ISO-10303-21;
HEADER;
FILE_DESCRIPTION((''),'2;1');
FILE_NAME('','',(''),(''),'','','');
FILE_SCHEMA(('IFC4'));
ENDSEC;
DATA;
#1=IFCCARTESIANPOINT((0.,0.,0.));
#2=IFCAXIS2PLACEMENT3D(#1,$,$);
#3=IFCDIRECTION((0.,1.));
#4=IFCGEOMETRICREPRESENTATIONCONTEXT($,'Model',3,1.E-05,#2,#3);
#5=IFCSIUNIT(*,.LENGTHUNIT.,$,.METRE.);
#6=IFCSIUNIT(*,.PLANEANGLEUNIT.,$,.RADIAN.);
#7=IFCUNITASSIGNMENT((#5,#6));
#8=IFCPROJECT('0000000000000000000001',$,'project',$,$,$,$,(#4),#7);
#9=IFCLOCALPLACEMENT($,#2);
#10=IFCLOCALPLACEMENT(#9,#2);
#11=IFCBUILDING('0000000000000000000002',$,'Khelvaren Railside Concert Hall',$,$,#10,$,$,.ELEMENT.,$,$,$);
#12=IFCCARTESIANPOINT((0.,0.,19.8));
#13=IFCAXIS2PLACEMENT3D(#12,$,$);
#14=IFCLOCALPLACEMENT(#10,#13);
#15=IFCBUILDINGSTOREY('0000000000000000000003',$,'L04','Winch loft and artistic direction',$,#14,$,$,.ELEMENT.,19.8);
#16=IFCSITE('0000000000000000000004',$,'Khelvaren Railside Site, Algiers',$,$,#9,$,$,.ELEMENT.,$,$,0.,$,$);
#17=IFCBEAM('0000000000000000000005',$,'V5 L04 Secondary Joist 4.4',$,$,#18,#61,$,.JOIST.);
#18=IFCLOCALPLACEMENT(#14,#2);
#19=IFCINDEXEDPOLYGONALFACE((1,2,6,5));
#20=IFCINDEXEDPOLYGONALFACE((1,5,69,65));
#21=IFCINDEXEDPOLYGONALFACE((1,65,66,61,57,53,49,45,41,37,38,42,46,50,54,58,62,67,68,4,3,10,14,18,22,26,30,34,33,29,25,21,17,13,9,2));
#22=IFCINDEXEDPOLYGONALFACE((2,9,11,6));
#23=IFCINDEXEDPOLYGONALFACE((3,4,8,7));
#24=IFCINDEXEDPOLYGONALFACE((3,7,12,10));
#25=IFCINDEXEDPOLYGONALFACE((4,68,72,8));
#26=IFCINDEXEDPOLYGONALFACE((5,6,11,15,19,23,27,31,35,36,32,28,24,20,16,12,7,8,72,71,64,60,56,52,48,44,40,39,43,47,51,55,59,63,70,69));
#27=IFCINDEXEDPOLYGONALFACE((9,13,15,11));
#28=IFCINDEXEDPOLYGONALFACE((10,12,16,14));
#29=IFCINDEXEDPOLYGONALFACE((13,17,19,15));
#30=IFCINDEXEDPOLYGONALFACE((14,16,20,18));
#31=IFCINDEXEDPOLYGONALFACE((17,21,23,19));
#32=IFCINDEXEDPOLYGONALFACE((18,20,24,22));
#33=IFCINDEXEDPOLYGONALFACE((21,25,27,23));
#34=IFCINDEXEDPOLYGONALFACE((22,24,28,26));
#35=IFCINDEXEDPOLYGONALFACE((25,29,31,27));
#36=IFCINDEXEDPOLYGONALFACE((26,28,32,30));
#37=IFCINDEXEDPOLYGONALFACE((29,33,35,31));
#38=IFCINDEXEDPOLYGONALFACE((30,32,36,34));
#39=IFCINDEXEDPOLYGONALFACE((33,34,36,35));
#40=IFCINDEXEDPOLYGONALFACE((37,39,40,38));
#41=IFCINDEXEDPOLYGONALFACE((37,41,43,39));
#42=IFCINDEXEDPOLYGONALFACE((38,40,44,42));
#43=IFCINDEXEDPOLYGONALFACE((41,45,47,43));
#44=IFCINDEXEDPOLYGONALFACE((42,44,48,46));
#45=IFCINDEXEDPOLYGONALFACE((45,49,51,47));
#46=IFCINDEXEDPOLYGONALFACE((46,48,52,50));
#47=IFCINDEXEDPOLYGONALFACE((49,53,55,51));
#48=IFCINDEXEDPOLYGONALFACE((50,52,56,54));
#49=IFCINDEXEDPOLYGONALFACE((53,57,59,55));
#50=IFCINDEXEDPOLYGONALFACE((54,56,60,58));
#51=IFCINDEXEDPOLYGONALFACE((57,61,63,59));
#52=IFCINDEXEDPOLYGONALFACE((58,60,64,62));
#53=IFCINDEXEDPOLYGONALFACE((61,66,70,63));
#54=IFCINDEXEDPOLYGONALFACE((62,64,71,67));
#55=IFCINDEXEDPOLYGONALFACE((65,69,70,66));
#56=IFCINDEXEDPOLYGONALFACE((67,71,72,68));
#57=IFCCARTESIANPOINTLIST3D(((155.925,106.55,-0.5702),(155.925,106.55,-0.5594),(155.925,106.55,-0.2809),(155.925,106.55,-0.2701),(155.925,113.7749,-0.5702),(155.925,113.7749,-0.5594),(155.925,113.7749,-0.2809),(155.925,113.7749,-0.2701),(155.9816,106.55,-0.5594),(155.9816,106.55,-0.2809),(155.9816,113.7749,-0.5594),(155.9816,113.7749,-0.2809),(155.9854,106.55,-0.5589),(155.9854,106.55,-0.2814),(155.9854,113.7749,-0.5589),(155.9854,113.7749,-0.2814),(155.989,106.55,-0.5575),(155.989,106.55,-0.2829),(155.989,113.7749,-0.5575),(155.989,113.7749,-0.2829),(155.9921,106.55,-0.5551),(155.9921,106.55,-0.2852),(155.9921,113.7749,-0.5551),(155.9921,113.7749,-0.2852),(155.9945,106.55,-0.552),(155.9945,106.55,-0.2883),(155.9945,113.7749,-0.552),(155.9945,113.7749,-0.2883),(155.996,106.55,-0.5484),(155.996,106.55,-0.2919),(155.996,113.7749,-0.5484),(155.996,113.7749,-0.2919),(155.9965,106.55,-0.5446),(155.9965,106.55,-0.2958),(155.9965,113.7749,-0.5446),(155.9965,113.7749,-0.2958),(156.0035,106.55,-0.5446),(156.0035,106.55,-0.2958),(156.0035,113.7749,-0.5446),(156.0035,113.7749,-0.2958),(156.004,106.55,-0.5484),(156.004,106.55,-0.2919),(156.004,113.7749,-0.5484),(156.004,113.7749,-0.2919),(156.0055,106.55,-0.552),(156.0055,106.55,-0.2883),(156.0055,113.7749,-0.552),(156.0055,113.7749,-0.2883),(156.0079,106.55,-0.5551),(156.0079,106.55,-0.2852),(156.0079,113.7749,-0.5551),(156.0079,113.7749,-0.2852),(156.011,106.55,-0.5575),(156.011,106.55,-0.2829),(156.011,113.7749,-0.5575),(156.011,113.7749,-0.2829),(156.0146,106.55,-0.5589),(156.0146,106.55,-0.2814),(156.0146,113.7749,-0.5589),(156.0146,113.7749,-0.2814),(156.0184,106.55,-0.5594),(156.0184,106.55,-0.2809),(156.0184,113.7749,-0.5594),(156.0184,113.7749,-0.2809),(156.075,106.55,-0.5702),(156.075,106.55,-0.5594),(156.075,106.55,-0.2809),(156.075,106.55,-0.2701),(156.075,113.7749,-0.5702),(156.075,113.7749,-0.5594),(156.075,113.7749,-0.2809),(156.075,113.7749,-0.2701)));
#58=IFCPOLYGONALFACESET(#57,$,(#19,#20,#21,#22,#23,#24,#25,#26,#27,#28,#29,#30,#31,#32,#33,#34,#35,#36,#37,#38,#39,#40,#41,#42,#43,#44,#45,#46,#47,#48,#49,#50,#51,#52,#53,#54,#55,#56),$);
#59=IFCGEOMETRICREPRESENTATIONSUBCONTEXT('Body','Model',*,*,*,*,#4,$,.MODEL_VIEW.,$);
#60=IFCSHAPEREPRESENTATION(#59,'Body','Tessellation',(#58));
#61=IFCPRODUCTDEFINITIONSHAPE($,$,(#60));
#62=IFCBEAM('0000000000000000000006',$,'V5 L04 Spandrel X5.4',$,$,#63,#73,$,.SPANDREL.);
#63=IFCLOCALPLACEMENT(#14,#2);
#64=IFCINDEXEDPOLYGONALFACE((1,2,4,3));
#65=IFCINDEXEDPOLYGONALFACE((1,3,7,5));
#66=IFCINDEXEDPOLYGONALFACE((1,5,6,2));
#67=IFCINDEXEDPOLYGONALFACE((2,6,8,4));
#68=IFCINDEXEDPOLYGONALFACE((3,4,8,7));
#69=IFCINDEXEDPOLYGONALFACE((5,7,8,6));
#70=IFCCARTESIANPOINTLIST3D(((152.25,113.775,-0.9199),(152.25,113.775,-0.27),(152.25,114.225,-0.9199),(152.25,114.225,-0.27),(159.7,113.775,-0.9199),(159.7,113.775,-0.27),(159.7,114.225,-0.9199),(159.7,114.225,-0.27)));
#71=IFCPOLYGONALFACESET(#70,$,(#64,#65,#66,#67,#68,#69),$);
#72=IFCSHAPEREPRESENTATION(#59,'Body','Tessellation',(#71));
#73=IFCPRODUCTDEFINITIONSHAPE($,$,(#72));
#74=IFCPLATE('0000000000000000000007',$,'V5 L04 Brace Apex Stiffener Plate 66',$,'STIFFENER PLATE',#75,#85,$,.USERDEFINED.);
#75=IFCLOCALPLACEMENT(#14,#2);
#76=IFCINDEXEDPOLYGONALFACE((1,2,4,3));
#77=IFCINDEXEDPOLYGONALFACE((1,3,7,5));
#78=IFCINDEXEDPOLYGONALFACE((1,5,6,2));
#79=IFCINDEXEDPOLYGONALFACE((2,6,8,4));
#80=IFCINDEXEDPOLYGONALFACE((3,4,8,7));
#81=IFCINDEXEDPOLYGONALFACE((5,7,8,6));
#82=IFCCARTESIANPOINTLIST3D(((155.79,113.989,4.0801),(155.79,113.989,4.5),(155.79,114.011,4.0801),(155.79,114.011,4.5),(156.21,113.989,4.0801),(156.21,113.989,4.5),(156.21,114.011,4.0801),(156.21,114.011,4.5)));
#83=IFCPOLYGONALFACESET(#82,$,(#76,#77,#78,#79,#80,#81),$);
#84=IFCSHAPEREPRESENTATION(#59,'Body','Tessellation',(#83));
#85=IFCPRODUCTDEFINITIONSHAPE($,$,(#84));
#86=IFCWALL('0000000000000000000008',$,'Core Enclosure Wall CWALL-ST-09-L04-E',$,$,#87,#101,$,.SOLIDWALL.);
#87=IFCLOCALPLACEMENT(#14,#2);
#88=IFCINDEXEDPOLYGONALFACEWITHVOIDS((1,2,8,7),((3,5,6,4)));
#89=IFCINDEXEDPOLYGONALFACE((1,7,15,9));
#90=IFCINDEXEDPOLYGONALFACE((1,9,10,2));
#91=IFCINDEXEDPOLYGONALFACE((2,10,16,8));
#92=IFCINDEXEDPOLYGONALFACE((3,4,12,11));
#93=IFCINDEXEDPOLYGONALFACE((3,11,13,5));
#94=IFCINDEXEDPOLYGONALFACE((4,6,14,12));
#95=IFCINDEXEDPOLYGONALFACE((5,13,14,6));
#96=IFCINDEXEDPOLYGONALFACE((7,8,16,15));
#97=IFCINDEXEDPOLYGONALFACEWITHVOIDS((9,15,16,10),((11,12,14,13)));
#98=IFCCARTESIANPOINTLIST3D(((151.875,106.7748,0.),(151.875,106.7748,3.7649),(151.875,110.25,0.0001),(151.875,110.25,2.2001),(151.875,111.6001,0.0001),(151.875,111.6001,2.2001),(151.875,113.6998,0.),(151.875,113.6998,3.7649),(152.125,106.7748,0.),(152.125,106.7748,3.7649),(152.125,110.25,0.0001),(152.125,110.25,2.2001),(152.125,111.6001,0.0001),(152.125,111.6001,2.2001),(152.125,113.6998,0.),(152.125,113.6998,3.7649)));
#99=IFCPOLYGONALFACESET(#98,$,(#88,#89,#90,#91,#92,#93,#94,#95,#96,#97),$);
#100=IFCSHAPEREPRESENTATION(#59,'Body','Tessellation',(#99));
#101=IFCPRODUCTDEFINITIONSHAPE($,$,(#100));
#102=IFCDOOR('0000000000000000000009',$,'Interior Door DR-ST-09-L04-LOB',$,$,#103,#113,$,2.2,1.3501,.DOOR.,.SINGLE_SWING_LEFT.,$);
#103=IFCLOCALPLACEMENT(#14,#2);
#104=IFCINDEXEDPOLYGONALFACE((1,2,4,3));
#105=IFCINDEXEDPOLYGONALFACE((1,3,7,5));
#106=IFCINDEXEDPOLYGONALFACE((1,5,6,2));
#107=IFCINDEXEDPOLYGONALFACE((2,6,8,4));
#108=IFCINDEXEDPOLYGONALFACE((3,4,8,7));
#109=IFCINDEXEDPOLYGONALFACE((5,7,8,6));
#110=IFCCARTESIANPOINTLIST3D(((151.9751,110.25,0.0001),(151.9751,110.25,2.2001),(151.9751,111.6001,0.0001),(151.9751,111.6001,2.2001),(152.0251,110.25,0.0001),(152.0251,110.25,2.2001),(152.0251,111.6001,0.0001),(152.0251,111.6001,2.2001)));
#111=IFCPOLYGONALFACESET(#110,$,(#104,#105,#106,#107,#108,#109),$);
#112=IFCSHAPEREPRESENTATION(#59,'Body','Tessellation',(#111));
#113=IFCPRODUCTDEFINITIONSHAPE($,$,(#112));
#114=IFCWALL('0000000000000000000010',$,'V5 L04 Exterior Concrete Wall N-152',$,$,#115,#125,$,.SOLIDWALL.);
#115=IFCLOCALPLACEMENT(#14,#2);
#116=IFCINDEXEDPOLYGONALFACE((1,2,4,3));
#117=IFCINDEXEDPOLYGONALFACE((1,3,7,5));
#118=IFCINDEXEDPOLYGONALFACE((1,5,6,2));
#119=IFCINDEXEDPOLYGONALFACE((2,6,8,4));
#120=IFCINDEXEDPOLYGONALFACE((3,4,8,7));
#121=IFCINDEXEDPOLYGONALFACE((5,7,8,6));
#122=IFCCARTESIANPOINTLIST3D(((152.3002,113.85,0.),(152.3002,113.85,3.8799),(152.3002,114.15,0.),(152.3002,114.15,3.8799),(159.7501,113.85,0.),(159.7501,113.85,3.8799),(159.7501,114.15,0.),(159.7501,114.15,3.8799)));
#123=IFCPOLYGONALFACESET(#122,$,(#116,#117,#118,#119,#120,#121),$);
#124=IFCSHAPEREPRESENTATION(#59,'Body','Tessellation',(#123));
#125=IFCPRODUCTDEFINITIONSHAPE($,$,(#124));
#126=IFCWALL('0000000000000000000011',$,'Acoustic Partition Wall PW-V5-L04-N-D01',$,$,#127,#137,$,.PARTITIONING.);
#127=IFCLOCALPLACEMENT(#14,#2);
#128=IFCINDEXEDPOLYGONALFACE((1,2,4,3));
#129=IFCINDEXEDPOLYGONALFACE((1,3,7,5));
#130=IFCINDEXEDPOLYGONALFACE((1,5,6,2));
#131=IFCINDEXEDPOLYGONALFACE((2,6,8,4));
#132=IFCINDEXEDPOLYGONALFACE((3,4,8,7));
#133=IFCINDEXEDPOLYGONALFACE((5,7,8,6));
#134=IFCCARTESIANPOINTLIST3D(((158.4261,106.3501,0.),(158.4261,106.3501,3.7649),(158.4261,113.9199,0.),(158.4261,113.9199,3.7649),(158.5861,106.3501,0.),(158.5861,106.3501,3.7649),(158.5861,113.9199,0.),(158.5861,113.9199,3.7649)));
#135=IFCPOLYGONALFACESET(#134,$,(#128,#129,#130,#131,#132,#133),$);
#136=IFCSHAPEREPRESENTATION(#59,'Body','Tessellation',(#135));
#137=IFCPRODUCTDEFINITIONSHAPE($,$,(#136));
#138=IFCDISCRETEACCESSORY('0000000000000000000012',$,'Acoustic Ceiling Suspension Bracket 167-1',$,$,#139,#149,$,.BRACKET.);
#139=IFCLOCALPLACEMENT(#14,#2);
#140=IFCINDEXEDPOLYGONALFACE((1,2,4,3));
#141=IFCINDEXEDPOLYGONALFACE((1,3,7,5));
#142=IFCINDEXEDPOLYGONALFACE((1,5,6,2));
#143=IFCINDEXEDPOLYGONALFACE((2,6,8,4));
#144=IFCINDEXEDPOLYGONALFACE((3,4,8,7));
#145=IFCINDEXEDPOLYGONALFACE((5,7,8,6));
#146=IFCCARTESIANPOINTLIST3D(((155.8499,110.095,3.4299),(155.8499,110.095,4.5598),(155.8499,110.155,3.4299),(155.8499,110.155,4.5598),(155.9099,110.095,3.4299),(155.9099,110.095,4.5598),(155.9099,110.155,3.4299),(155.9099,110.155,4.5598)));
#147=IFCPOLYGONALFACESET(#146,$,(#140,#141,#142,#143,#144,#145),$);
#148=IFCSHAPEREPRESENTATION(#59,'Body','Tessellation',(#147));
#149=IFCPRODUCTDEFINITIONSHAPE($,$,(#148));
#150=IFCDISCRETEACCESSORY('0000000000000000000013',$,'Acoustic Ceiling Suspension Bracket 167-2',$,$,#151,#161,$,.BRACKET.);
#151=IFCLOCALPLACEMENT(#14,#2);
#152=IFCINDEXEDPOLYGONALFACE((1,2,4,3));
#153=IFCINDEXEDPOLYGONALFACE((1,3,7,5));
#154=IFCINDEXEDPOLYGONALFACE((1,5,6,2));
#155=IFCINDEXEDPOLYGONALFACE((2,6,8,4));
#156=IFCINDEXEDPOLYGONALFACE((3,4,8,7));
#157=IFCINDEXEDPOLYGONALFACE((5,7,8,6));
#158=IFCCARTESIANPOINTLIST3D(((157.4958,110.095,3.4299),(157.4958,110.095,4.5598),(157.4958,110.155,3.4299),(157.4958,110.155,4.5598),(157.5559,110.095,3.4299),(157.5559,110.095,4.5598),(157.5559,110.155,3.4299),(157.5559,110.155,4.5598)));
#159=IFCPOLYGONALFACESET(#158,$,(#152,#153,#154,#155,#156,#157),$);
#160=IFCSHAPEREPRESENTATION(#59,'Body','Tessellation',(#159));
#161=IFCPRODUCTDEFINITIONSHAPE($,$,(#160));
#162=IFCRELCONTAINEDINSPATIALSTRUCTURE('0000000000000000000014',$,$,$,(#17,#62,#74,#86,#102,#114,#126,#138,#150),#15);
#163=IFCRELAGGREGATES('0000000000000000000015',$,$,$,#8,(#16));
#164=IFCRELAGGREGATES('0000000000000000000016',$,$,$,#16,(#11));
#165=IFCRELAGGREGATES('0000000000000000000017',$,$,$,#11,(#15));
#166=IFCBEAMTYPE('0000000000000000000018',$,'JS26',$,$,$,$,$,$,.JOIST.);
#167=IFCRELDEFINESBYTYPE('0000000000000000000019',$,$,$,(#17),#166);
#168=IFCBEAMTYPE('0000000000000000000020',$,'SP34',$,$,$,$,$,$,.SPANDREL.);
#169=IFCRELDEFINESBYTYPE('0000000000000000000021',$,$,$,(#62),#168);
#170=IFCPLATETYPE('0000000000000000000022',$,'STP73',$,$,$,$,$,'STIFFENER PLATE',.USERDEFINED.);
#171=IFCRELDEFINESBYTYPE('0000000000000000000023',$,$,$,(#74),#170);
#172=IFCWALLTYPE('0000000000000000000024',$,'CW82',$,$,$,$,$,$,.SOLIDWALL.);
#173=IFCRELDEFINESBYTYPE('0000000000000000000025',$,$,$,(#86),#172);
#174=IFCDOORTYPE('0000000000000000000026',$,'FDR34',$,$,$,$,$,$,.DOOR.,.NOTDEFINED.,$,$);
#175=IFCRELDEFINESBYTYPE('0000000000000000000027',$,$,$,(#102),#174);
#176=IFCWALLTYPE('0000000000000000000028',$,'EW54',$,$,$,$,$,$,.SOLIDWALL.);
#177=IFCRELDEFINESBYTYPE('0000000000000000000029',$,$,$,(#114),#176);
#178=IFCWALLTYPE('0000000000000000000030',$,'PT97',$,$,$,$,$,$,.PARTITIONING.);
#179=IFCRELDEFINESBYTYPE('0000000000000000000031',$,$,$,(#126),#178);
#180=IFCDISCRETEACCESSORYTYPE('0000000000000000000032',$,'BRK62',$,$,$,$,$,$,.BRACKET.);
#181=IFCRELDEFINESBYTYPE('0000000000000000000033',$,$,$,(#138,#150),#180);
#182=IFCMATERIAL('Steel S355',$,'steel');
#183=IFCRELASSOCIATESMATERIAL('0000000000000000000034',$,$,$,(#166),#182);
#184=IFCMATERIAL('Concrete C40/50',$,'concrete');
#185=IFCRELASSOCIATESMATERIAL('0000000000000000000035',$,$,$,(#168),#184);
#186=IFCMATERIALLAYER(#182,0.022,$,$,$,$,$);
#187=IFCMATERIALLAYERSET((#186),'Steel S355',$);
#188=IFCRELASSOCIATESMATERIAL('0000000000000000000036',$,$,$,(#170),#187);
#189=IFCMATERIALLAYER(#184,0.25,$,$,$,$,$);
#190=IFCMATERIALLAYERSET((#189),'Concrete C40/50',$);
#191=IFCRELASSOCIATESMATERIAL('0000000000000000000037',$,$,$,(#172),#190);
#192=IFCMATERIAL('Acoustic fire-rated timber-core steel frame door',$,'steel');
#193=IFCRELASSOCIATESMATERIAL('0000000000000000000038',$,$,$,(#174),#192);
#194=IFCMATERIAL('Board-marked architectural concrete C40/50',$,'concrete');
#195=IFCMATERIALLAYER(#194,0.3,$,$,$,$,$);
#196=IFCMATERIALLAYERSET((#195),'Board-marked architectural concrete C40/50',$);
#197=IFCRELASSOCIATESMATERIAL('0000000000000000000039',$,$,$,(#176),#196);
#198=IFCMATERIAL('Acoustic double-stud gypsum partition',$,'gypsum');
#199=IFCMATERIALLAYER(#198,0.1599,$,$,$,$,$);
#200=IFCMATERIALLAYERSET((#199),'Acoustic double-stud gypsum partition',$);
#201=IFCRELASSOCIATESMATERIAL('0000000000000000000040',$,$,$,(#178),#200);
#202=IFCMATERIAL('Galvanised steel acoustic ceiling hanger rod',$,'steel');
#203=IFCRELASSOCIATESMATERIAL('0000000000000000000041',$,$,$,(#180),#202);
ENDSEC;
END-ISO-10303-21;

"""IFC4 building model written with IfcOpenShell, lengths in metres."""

from ifc_helpers import new_model, si_unit, direction, frame, frame_2d, origin, origin_2d, place, context, subcontext, project, spatial, rectangle, i_section, extrude, material, layer, layer_set, material_profile, profile_set, type_object, element, fill, save


model = new_model("IFC4")

# Units and contexts
model_context = context("Model", 3, precision=1e-05, world=origin(), true_north=direction((0.0, 1.0)))
body_context = subcontext(model_context, "Body", "Model", "MODEL_VIEW")
ifc_project = project(units=[si_unit("LENGTHUNIT", "METRE"), si_unit("PLANEANGLEUNIT", "RADIAN")], contexts=[model_context])

# Site, building, storey
site_placement = place(None, origin())
site = spatial("IfcSite", under=ifc_project, at=site_placement, Name="Khelvaren Railside Site, Algiers", CompositionType="ELEMENT", RefElevation=0.0)
building_placement = place(site_placement, origin())
building = spatial("IfcBuilding", under=site, at=building_placement, Name="Khelvaren Railside Concert Hall", CompositionType="ELEMENT")
storey_placement = place(building_placement, frame((0.0, 0.0, 19.8)))
storey = spatial("IfcBuildingStorey", under=building, at=storey_placement, Name="L04", Description="Winch loft and artistic direction", CompositionType="ELEMENT", Elevation=19.8)

# Shared definitions
ifc_material_1 = material(Name="Steel S355", Category="steel")

# Beams
ifc_material_profile_1 = material_profile(ifc_material_1, i_section(OverallWidth=0.1499, OverallDepth=0.3, WebThickness=0.0071, FlangeThickness=0.0107, FilletRadius=0.0149, at=origin_2d()), Name="IPE 300")
ifc_profile_set_1 = profile_set([ifc_material_profile_1], Name="Steel S355")
beam_type_1 = type_object("IfcBeamType", Name="JS26", PredefinedType="JOIST", material=ifc_profile_set_1)
beam_1_placement = place(storey_placement, frame((156.0, 106.55, -0.4202), z_axis=(0.0, 1.0, 0.0), x_axis=(-1.0, 0.0, 0.0)))
element("IfcBeam", 1, at=beam_1_placement, inside=storey, type_object=beam_type_1, Name="V5 L04 Secondary Joist 4.4", PredefinedType="JOIST", context=body_context, shape_type="SweptSolid", body=[
    extrude(i_section(OverallWidth=0.1499, OverallDepth=0.3, WebThickness=0.0071, FlangeThickness=0.0107, FilletRadius=0.0149, at=origin_2d()), origin(), (0.0, 0.0, 1.0), 7.2249),
])
ifc_material_2 = material(Name="Concrete C40/50", Category="concrete")
ifc_material_profile_2 = material_profile(ifc_material_2, rectangle(XDim=0.45, YDim=0.6499, at=origin_2d()), Name="RCB 450x650")
ifc_profile_set_2 = profile_set([ifc_material_profile_2], Name="Concrete C40/50")
beam_type_2 = type_object("IfcBeamType", Name="SP34", PredefinedType="SPANDREL", material=ifc_profile_set_2)
beam_2_placement = place(storey_placement, frame((152.25, 114.0, -0.595), z_axis=(1.0, 0.0, 0.0), x_axis=(0.0, 1.0, 0.0)))
element("IfcBeam", 2, at=beam_2_placement, inside=storey, type_object=beam_type_2, Name="V5 L04 Spandrel X5.4", PredefinedType="SPANDREL", context=body_context, shape_type="SweptSolid", body=[
    extrude(rectangle(XDim=0.45, YDim=0.6499, at=origin_2d()), origin(), (0.0, 0.0, 1.0), 7.45),
])

# Plate
ifc_layer_1 = layer(ifc_material_1, 0.022)
ifc_layer_set_1 = layer_set([ifc_layer_1], Name="Steel S355")
plate_type = type_object("IfcPlateType", Name="STP73", ElementType="STIFFENER PLATE", PredefinedType="USERDEFINED", material=ifc_layer_set_1)
plate_placement = place(storey_placement, frame((156.0, 114.0, 4.0801), z_axis=(0.0, 0.0, 1.0), x_axis=(1.0, 0.0, 0.0)))
element("IfcPlate", 3, at=plate_placement, inside=storey, type_object=plate_type, Name="V5 L04 Brace Apex Stiffener Plate 66", ObjectType="STIFFENER PLATE", PredefinedType="USERDEFINED", context=body_context, shape_type="SweptSolid", body=[
    extrude(rectangle(XDim=0.4199, YDim=0.022, at=origin_2d()), origin(), (0.0, 0.0, 1.0), 0.4199),
])

# Wall, opening, door
ifc_layer_2 = layer(ifc_material_2, 0.25)
ifc_layer_set_2 = layer_set([ifc_layer_2], Name="Concrete C40/50")
wall_type_1 = type_object("IfcWallType", Name="CW82", PredefinedType="SOLIDWALL", material=ifc_layer_set_2)
wall_1_placement = place(storey_placement, frame((152.0, 106.7749, 0.0), z_axis=(0.0, 0.0, 1.0), x_axis=(0.0, 1.0, 0.0)))
wall_1 = element("IfcWall", 4, at=wall_1_placement, inside=storey, type_object=wall_type_1, Name="Core Enclosure Wall CWALL-ST-09-L04-E", PredefinedType="SOLIDWALL", context=body_context, shape_type="SweptSolid", body=[
    extrude(rectangle(XDim=6.925, YDim=0.25, at=frame_2d((3.4624, 0.0))), origin(), (0.0, 0.0, 1.0), 3.7649),
])
opening_1_placement = place(wall_1_placement, frame((3.4751, 0.0, 0.0)))
opening_1 = element("IfcOpeningElement", 5, at=opening_1_placement, cuts=wall_1, PredefinedType="OPENING", context=body_context, shape_type="SweptSolid", body=[
    extrude(rectangle(XDim=1.3501, YDim=2.2, at=frame_2d((0.675, 1.1001))), frame((0.0, 0.135, 0.0), z_axis=(0.0, -1.0, 0.0), x_axis=(1.0, 0.0, 0.0)), (0.0, 0.0, 1.0), 0.27),
])
ifc_material_3 = material(Name="Acoustic fire-rated timber-core steel frame door", Category="steel")
door_type_1 = type_object("IfcDoorType", Name="FDR34", OperationType="NOTDEFINED", PredefinedType="DOOR", material=ifc_material_3)
door_1_placement = place(opening_1_placement, origin())
door_1 = element("IfcDoor", 6, at=door_1_placement, inside=storey, type_object=door_type_1, Name="Interior Door DR-ST-09-L04-LOB", OperationType="SINGLE_SWING_LEFT", OverallHeight=2.2, OverallWidth=1.3501, PredefinedType="DOOR", context=body_context, shape_type="SweptSolid", body=[
    extrude(rectangle(XDim=1.3501, YDim=2.2, at=frame_2d((0.675, 1.1001))), frame((0.0, 0.0249, 0.0), z_axis=(0.0, -1.0, 0.0), x_axis=(1.0, 0.0, 0.0)), (0.0, 0.0, 1.0), 0.05),
])
fill(opening_1, door_1)

# Wall
ifc_material_4 = material(Name="Board-marked architectural concrete C40/50", Category="concrete")
ifc_layer_3 = layer(ifc_material_4, 0.3)
ifc_layer_set_3 = layer_set([ifc_layer_3], Name="Board-marked architectural concrete C40/50")
wall_type_2 = type_object("IfcWallType", Name="EW54", PredefinedType="SOLIDWALL", material=ifc_layer_set_3)
wall_2_placement = place(storey_placement, frame((152.3, 114.0, 0.0), z_axis=(0.0, 0.0, 1.0), x_axis=(1.0, 0.0, 0.0)))
element("IfcWall", 7, at=wall_2_placement, inside=storey, type_object=wall_type_2, Name="V5 L04 Exterior Concrete Wall N-152", PredefinedType="SOLIDWALL", context=body_context, shape_type="SweptSolid", body=[
    extrude(rectangle(XDim=7.45, YDim=0.3, at=frame_2d((3.7251, 0.0))), origin(), (0.0, 0.0, 1.0), 3.8799),
])

# Shared definitions
ifc_material_5 = material(Name="Acoustic double-stud gypsum partition", Category="gypsum")

# Wall
ifc_layer_4 = layer(ifc_material_5, 0.1599)
ifc_layer_set_4 = layer_set([ifc_layer_4], Name="Acoustic double-stud gypsum partition")
wall_type_3 = type_object("IfcWallType", Name="PT97", PredefinedType="PARTITIONING", material=ifc_layer_set_4)
wall_3_placement = place(storey_placement, frame((158.5061, 106.3501, 0.0), z_axis=(0.0, 0.0, 1.0), x_axis=(0.0, 1.0, 0.0)))
element("IfcWall", 8, at=wall_3_placement, inside=storey, type_object=wall_type_3, Name="Acoustic Partition Wall PW-V5-L04-N-D01", PredefinedType="PARTITIONING", context=body_context, shape_type="SweptSolid", body=[
    extrude(rectangle(XDim=7.5698, YDim=0.1599, at=frame_2d((3.7849, 0.0))), origin(), (0.0, 0.0, 1.0), 3.7649),
])

# Discrete accessories
ifc_material_6 = material(Name="Galvanised steel acoustic ceiling hanger rod", Category="steel")
discrete_accessory_type = type_object("IfcDiscreteAccessoryType", Name="BRK62", PredefinedType="BRACKET", material=ifc_material_6)
for number, where, z_axis, x_axis, name in (
    (9, (155.8799, 110.125, 3.4299), (0.0, 0.0, 1.0), (1.0, 0.0, 0.0), "Acoustic Ceiling Suspension Bracket 167-1"),
    (10, (157.5259, 110.125, 3.4299), (0.0, 0.0, 1.0), (1.0, 0.0, 0.0), "Acoustic Ceiling Suspension Bracket 167-2"),
):
    element("IfcDiscreteAccessory", number, at=place(storey_placement, frame(where, z_axis=z_axis, x_axis=x_axis)), inside=storey, type_object=discrete_accessory_type, Name=name, PredefinedType="BRACKET", context=body_context, shape_type="SweptSolid", body=[
        extrude(rectangle(XDim=0.0601, YDim=0.0601, at=origin_2d()), origin(), (0.0, 0.0, 1.0), 1.1299),
    ])

save(model, "model.ifc")
